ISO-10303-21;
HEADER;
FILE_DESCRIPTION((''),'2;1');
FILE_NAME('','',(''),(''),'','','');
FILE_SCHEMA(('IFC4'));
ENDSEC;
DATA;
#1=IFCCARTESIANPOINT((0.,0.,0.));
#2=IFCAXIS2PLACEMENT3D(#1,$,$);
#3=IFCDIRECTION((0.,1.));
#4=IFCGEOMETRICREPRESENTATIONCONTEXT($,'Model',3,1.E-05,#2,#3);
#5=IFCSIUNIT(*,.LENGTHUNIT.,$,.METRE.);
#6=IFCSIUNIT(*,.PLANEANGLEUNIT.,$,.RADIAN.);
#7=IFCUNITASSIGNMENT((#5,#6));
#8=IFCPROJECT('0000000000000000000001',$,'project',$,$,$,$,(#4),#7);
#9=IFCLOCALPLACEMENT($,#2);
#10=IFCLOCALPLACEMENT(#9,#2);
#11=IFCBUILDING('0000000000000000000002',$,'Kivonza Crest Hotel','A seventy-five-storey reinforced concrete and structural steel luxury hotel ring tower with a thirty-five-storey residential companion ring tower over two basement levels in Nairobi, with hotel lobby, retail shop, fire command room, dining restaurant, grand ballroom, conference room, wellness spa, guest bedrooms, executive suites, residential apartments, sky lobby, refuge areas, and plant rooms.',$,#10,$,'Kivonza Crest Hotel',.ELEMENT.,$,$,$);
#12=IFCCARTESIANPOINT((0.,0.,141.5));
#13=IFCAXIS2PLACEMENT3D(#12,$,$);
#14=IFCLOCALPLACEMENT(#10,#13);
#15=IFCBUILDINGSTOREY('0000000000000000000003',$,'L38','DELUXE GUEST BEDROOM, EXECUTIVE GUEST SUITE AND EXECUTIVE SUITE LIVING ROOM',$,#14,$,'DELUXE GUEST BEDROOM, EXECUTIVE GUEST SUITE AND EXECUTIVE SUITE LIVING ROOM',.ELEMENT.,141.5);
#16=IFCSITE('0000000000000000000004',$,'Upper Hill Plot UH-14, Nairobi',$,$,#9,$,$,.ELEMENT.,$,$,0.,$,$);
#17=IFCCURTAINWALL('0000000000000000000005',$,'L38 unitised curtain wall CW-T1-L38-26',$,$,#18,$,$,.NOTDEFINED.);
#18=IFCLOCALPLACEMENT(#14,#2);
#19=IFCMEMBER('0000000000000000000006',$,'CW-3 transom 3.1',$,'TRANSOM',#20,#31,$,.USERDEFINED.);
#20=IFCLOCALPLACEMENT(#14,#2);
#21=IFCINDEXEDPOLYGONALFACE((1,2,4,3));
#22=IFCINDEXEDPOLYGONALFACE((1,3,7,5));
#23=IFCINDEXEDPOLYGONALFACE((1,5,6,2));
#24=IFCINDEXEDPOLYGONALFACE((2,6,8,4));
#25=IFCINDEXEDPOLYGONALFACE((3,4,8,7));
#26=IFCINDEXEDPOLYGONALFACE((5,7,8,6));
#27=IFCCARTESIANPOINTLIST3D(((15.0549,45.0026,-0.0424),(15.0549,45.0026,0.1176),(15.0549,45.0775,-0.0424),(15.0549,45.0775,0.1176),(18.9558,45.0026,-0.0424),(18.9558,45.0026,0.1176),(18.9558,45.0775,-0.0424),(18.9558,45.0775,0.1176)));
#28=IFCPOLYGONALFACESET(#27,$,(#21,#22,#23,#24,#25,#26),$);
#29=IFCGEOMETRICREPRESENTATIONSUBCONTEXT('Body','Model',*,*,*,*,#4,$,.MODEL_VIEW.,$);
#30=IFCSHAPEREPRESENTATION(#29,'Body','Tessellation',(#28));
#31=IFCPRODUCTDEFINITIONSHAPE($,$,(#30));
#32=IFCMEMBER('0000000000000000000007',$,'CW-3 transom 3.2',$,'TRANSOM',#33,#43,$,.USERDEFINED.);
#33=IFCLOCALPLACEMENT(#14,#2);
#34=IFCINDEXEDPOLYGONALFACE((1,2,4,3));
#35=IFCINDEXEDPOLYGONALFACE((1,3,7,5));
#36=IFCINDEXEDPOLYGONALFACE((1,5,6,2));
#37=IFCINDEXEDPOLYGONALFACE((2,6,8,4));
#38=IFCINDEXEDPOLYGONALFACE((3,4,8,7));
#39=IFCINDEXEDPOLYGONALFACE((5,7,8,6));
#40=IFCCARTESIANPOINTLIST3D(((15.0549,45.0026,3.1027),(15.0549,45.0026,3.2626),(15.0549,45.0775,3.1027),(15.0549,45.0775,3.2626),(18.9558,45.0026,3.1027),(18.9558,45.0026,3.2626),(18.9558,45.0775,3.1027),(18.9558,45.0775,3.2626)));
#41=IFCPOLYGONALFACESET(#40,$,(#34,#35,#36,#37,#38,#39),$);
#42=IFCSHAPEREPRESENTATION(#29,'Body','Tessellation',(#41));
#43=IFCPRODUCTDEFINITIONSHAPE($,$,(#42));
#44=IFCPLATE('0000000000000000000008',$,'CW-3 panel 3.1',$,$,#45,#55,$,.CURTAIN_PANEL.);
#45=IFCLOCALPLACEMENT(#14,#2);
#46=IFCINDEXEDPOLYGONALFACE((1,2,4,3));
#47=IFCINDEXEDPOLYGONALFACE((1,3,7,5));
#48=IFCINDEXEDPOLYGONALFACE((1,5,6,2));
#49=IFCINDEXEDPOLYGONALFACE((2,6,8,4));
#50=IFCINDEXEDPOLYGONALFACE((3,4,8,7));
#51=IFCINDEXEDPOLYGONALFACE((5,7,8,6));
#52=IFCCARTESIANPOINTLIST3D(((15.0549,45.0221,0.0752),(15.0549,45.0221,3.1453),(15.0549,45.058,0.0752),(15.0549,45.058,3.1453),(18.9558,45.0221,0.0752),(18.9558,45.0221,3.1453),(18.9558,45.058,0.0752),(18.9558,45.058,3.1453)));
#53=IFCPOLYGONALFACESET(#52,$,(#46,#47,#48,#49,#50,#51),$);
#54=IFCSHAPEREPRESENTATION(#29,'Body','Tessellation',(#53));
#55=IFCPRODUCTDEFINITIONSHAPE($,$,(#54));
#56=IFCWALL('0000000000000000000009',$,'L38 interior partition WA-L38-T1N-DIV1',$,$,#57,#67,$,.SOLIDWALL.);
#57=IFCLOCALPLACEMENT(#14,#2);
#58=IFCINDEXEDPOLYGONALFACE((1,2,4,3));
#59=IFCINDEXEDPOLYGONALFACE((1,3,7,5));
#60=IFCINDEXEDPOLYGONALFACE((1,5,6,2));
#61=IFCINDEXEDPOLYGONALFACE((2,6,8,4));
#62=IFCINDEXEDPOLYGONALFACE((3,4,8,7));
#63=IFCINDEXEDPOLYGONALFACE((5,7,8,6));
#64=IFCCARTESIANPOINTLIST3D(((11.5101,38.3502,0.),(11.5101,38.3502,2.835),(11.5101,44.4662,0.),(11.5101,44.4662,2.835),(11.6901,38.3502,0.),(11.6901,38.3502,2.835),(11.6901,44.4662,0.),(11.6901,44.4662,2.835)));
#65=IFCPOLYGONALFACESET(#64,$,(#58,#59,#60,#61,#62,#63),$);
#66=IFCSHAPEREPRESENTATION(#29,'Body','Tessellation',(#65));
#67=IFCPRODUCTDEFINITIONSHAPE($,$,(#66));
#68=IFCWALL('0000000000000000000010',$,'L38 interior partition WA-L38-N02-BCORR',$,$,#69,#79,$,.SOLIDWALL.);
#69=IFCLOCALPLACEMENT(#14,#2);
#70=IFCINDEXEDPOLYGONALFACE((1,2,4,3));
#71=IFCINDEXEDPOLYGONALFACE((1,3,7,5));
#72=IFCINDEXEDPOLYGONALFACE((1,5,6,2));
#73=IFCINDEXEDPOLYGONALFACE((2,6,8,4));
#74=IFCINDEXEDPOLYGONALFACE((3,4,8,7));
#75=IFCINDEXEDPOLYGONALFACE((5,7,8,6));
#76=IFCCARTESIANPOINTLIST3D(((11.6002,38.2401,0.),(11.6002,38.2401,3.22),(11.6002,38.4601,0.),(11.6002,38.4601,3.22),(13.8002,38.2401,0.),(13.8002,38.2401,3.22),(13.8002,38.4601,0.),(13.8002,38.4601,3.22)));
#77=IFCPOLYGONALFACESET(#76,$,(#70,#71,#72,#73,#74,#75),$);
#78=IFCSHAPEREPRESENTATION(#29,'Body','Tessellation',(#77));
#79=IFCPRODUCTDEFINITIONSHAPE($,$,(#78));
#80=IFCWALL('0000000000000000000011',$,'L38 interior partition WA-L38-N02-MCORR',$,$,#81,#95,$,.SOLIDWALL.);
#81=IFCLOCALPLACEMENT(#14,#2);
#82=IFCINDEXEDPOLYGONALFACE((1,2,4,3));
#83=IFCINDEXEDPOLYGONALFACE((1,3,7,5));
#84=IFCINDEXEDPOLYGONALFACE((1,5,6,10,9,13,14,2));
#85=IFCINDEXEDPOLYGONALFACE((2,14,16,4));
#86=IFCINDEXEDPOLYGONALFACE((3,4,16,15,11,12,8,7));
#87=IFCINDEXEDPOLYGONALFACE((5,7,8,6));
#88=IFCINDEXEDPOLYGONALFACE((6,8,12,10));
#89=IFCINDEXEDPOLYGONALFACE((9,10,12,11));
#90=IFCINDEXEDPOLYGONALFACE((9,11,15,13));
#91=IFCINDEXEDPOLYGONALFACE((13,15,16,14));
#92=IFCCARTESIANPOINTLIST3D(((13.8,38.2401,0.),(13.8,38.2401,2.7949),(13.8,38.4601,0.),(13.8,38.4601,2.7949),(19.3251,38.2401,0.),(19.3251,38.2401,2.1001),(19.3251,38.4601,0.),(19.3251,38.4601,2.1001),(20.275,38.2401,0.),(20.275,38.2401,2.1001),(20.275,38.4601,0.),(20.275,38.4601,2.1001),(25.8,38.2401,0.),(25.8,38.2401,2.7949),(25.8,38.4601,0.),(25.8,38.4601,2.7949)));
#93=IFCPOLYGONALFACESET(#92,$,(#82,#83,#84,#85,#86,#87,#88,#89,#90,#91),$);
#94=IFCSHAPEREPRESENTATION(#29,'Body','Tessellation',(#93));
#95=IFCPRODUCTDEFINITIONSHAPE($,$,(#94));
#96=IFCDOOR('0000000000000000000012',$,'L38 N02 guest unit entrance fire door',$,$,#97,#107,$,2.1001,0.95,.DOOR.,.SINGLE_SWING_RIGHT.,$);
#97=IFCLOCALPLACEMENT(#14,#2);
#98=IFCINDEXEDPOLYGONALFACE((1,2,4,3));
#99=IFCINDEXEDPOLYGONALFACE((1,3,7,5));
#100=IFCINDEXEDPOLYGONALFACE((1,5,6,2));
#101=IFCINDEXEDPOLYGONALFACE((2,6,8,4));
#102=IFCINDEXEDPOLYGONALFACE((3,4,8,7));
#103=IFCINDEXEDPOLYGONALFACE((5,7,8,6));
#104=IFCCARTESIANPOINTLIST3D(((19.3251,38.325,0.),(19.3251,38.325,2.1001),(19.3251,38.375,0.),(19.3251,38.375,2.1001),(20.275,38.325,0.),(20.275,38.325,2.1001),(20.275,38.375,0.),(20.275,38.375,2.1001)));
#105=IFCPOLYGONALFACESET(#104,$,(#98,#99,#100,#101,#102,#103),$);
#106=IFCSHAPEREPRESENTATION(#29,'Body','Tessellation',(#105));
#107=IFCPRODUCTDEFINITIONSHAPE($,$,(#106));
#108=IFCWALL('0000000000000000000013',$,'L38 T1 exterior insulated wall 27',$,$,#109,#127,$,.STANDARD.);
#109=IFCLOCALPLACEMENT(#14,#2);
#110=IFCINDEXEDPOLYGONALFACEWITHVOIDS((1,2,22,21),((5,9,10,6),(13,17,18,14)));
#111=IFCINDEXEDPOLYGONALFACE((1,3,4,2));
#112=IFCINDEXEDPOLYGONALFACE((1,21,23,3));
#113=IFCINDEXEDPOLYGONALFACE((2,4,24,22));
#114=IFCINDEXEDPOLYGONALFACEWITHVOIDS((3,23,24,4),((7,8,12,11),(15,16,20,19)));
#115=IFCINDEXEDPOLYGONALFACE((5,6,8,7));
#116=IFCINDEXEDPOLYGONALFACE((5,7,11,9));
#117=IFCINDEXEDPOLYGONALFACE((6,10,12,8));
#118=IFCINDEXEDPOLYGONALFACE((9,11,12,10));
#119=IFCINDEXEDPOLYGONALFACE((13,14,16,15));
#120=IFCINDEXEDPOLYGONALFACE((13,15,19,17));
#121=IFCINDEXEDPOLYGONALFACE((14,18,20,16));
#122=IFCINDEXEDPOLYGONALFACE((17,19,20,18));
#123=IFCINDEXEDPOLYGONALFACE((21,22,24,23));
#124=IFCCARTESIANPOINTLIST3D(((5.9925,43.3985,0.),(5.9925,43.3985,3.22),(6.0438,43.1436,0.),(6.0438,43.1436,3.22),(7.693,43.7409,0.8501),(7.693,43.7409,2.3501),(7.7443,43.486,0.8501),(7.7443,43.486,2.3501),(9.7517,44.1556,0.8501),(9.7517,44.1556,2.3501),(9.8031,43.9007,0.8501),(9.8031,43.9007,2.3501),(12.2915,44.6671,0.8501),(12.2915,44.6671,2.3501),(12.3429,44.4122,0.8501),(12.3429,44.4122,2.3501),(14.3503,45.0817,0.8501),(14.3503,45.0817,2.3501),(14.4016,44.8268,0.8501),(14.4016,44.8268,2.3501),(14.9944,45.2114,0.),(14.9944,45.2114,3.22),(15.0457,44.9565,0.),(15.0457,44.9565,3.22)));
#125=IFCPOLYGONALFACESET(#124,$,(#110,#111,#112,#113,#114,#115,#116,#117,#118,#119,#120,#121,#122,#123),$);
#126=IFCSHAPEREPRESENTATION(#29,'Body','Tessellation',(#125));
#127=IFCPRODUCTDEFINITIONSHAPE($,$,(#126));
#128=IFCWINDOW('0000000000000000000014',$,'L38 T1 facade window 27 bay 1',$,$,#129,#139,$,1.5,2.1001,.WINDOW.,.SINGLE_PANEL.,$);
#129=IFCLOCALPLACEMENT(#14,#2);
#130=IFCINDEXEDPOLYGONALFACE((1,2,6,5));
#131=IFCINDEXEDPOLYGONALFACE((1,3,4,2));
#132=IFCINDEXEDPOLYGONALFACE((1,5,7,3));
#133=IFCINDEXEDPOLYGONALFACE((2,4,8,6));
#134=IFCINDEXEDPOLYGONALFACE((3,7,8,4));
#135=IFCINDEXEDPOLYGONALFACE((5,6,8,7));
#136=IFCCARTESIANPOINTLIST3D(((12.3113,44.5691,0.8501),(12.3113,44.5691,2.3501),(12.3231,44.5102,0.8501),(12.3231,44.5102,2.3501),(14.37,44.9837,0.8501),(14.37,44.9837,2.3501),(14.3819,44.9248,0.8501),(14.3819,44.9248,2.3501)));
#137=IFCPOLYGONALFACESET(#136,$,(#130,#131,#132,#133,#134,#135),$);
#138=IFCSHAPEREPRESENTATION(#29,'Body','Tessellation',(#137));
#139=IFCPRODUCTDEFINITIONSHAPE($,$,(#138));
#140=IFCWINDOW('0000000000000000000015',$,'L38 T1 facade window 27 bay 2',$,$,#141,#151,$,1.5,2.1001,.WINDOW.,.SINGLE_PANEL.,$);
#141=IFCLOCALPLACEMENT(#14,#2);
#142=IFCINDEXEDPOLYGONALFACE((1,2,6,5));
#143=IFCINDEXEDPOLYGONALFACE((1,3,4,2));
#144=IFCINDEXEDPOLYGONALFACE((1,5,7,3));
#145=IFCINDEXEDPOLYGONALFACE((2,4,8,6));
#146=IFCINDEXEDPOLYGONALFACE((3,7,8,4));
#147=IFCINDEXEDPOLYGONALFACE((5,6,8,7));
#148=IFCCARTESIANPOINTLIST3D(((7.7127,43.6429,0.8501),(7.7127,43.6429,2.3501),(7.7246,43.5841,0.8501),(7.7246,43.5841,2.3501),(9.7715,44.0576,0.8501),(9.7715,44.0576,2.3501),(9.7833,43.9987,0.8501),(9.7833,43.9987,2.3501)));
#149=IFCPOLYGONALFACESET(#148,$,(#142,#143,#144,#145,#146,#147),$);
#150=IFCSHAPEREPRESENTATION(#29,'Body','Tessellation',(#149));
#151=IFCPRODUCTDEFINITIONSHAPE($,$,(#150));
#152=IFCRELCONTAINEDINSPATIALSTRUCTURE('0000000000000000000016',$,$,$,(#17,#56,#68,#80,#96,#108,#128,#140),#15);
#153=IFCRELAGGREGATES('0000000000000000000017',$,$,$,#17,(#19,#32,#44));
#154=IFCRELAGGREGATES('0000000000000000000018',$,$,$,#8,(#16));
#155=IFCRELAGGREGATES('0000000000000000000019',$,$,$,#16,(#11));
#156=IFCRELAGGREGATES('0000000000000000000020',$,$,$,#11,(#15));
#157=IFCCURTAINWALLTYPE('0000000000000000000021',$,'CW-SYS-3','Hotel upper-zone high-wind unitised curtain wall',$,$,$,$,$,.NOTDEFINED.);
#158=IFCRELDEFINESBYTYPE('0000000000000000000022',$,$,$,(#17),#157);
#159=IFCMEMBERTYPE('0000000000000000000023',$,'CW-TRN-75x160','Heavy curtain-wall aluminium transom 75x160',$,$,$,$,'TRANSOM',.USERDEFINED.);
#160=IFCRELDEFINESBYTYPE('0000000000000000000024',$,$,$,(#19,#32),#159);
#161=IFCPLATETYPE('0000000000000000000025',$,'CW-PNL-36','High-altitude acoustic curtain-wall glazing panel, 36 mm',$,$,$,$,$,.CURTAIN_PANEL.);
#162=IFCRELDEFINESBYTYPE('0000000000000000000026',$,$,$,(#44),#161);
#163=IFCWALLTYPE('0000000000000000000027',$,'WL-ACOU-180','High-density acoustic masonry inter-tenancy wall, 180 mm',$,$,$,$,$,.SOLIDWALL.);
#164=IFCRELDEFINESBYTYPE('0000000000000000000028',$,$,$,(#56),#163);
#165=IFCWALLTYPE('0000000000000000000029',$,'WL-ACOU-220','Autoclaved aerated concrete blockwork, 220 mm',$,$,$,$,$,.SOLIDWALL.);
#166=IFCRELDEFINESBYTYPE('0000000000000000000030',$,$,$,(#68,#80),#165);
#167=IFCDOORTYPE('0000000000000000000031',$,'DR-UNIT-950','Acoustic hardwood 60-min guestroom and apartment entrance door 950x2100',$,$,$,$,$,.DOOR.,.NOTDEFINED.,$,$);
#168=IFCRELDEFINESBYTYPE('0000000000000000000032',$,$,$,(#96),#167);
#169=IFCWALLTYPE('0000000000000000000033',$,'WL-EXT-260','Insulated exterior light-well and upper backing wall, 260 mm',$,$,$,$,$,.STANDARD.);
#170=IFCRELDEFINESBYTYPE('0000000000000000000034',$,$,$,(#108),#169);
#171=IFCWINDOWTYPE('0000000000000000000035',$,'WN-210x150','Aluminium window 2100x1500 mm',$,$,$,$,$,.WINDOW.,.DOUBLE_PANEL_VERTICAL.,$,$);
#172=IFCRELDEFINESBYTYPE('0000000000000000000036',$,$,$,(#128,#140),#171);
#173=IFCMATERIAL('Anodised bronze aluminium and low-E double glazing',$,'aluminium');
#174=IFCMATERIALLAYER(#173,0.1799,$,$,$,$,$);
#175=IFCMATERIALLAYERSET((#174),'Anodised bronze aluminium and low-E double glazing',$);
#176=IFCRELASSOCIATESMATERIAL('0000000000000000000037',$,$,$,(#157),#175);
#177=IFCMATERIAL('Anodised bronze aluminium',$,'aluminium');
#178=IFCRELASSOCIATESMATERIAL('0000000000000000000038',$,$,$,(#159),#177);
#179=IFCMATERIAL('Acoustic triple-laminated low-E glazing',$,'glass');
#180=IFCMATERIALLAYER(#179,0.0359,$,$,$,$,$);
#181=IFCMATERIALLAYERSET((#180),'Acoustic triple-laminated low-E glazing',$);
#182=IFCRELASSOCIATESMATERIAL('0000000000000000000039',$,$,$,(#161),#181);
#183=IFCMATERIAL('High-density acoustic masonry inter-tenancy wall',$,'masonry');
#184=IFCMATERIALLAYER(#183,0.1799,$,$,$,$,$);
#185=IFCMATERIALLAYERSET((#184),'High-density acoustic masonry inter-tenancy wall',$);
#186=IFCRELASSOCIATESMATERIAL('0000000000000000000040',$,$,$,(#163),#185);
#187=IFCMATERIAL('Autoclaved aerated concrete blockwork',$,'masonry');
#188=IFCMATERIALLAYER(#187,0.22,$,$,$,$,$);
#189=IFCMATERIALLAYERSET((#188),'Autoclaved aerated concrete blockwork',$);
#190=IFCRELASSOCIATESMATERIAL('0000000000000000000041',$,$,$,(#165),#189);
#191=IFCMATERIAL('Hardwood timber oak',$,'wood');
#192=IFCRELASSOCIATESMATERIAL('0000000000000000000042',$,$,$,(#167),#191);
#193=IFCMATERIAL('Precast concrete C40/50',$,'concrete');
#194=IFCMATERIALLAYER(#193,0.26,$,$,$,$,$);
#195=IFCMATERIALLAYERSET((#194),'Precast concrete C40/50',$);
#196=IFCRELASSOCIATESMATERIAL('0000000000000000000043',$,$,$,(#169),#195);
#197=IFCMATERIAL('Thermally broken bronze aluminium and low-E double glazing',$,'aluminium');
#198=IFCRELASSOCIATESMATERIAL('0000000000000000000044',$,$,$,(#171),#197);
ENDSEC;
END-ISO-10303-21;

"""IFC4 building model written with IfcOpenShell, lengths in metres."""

from ifc_helpers import new_model, si_unit, direction, frame, frame_2d, origin, origin_2d, place, context, subcontext, project, spatial, rectangle, extrude, material, layer, layer_set, material_profile, profile_set, type_object, element, fill, aggregate, save


model = new_model("IFC4")

# Units and contexts
model_context = context("Model", 3, precision=1e-05, world=origin(), true_north=direction((0.0, 1.0)))
body_context = subcontext(model_context, "Body", "Model", "MODEL_VIEW")
ifc_project = project(units=[si_unit("LENGTHUNIT", "METRE"), si_unit("PLANEANGLEUNIT", "RADIAN")], contexts=[model_context])

# Site, building, storey
site_placement = place(None, origin())
site = spatial("IfcSite", under=ifc_project, at=site_placement, Name="Upper Hill Plot UH-14, Nairobi", CompositionType="ELEMENT", RefElevation=0.0)
building_placement = place(site_placement, origin())
building = spatial("IfcBuilding", under=site, at=building_placement, Name="Kivonza Crest Hotel", Description="A seventy-five-storey reinforced concrete and structural steel luxury hotel ring tower with a thirty-five-storey residential companion ring tower over two basement levels in Nairobi, with hotel lobby, retail shop, fire command room, dining restaurant, grand ballroom, conference room, wellness spa, guest bedrooms, executive suites, residential apartments, sky lobby, refuge areas, and plant rooms.", LongName="Kivonza Crest Hotel", CompositionType="ELEMENT")
storey_placement = place(building_placement, frame((0.0, 0.0, 141.5)))
storey = spatial("IfcBuildingStorey", under=building, at=storey_placement, Name="L38", Description="DELUXE GUEST BEDROOM, EXECUTIVE GUEST SUITE AND EXECUTIVE SUITE LIVING ROOM", LongName="DELUXE GUEST BEDROOM, EXECUTIVE GUEST SUITE AND EXECUTIVE SUITE LIVING ROOM", CompositionType="ELEMENT", Elevation=141.5)

# Curtain wall, members, plate
ifc_material_1 = material(Name="Anodised bronze aluminium and low-E double glazing", Category="aluminium")
ifc_layer_1 = layer(ifc_material_1, 0.1799)
ifc_layer_set_1 = layer_set([ifc_layer_1], Name="Anodised bronze aluminium and low-E double glazing")
curtain_wall_type = type_object("IfcCurtainWallType", Name="CW-SYS-3", Description="Hotel upper-zone high-wind unitised curtain wall", PredefinedType="NOTDEFINED", material=ifc_layer_set_1)
curtain_wall_placement = place(storey_placement, origin())
curtain_wall = element("IfcCurtainWall", 1, at=curtain_wall_placement, inside=storey, type_object=curtain_wall_type, Name="L38 unitised curtain wall CW-T1-L38-26", PredefinedType="NOTDEFINED")
ifc_material_2 = material(Name="Anodised bronze aluminium", Category="aluminium")
ifc_material_profile_1 = material_profile(ifc_material_2, rectangle(XDim=0.075, YDim=0.1599, at=origin_2d()), Name="CW-T 75x160")
ifc_profile_set_1 = profile_set([ifc_material_profile_1], Name="Anodised bronze aluminium")
member_type_1 = type_object("IfcMemberType", Name="CW-TRN-75x160", Description="Heavy curtain-wall aluminium transom 75x160", ElementType="TRANSOM", PredefinedType="USERDEFINED", material=ifc_profile_set_1)
member_1_placement = place(storey_placement, frame((18.9558, 45.04, 0.0376), z_axis=(-1.0, 0.0, 0.0), x_axis=(0.0, -1.0, 0.0)))
member_1 = element("IfcMember", 2, at=member_1_placement, type_object=member_type_1, Name="CW-3 transom 3.1", ObjectType="TRANSOM", PredefinedType="USERDEFINED", context=body_context, shape_type="SweptSolid", body=[
    extrude(rectangle(XDim=0.075, YDim=0.1599, at=origin_2d()), origin(), (0.0, 0.0, 1.0), 3.9009),
])
member_2_placement = place(storey_placement, frame((18.9558, 45.04, 3.1826), z_axis=(-1.0, 0.0, 0.0), x_axis=(0.0, -1.0, 0.0)))
member_2 = element("IfcMember", 3, at=member_2_placement, type_object=member_type_1, Name="CW-3 transom 3.2", ObjectType="TRANSOM", PredefinedType="USERDEFINED", context=body_context, shape_type="SweptSolid", body=[
    extrude(rectangle(XDim=0.075, YDim=0.1599, at=origin_2d()), origin(), (0.0, 0.0, 1.0), 3.9009),
])
ifc_material_3 = material(Name="Acoustic triple-laminated low-E glazing", Category="glass")
ifc_layer_2 = layer(ifc_material_3, 0.0359)
ifc_layer_set_2 = layer_set([ifc_layer_2], Name="Acoustic triple-laminated low-E glazing")
plate_type = type_object("IfcPlateType", Name="CW-PNL-36", Description="High-altitude acoustic curtain-wall glazing panel, 36 mm", PredefinedType="CURTAIN_PANEL", material=ifc_layer_set_2)
plate_placement = place(storey_placement, frame((17.0054, 45.04, 0.0752), z_axis=(0.0, 0.0, 1.0), x_axis=(-1.0, 0.0, 0.0)))
plate = element("IfcPlate", 4, at=plate_placement, type_object=plate_type, Name="CW-3 panel 3.1", PredefinedType="CURTAIN_PANEL", context=body_context, shape_type="SweptSolid", body=[
    extrude(rectangle(XDim=3.9009, YDim=0.0359, at=origin_2d()), origin(), (0.0, 0.0, 1.0), 3.0701),
])
aggregate(curtain_wall, [member_1, member_2, plate])

# Walls
ifc_material_4 = material(Name="High-density acoustic masonry inter-tenancy wall", Category="masonry")
ifc_layer_3 = layer(ifc_material_4, 0.1799)
ifc_layer_set_3 = layer_set([ifc_layer_3], Name="High-density acoustic masonry inter-tenancy wall")
wall_type_1 = type_object("IfcWallType", Name="WL-ACOU-180", Description="High-density acoustic masonry inter-tenancy wall, 180 mm", PredefinedType="SOLIDWALL", material=ifc_layer_set_3)
wall_1_placement = place(storey_placement, frame((11.6001, 38.3501, 0.0), z_axis=(0.0, 0.0, 1.0), x_axis=(0.0, 1.0, 0.0)))
element("IfcWall", 5, at=wall_1_placement, inside=storey, type_object=wall_type_1, Name="L38 interior partition WA-L38-T1N-DIV1", PredefinedType="SOLIDWALL", context=body_context, shape_type="SweptSolid", body=[
    extrude(rectangle(XDim=6.116, YDim=0.1799, at=frame_2d((3.0581, 0.0))), origin(), (0.0, 0.0, 1.0), 2.835),
])
ifc_material_5 = material(Name="Autoclaved aerated concrete blockwork", Category="masonry")
ifc_layer_4 = layer(ifc_material_5, 0.22)
ifc_layer_set_4 = layer_set([ifc_layer_4], Name="Autoclaved aerated concrete blockwork")
wall_type_2 = type_object("IfcWallType", Name="WL-ACOU-220", Description="Autoclaved aerated concrete blockwork, 220 mm", PredefinedType="SOLIDWALL", material=ifc_layer_set_4)
wall_2_placement = place(storey_placement, frame((11.6001, 38.3501, 0.0), z_axis=(0.0, 0.0, 1.0), x_axis=(1.0, 0.0, 0.0)))
element("IfcWall", 6, at=wall_2_placement, inside=storey, type_object=wall_type_2, Name="L38 interior partition WA-L38-N02-BCORR", PredefinedType="SOLIDWALL", context=body_context, shape_type="SweptSolid", body=[
    extrude(rectangle(XDim=2.2, YDim=0.22, at=frame_2d((1.1001, 0.0))), origin(), (0.0, 0.0, 1.0), 3.22),
])

# Wall, opening, door
wall_3_placement = place(storey_placement, frame((13.8, 38.3501, 0.0), z_axis=(0.0, 0.0, 1.0), x_axis=(1.0, 0.0, 0.0)))
wall_3 = element("IfcWall", 7, at=wall_3_placement, inside=storey, type_object=wall_type_2, Name="L38 interior partition WA-L38-N02-MCORR", PredefinedType="SOLIDWALL", context=body_context, shape_type="SweptSolid", body=[
    extrude(rectangle(XDim=12.0, YDim=0.22, at=frame_2d((6.0, 0.0))), origin(), (0.0, 0.0, 1.0), 2.7949),
])
opening_1_placement = place(wall_3_placement, frame((5.5249, 0.0, 0.0)))
opening_1 = element("IfcOpeningElement", 8, at=opening_1_placement, cuts=wall_3, PredefinedType="OPENING", context=body_context, shape_type="SweptSolid", body=[
    extrude(rectangle(XDim=0.95, YDim=2.1001, at=frame_2d((0.4751, 1.05))), frame((0.0, 0.1201, 0.0), z_axis=(0.0, -1.0, 0.0), x_axis=(1.0, 0.0, 0.0)), (0.0, 0.0, 1.0), 0.24),
])
ifc_material_6 = material(Name="Hardwood timber oak", Category="wood")
door_type_1 = type_object("IfcDoorType", Name="DR-UNIT-950", Description="Acoustic hardwood 60-min guestroom and apartment entrance door 950x2100", OperationType="NOTDEFINED", PredefinedType="DOOR", material=ifc_material_6)
door_1_placement = place(opening_1_placement, origin())
door_1 = element("IfcDoor", 9, at=door_1_placement, inside=storey, type_object=door_type_1, Name="L38 N02 guest unit entrance fire door", OperationType="SINGLE_SWING_RIGHT", OverallHeight=2.1001, OverallWidth=0.95, PredefinedType="DOOR", context=body_context, shape_type="SweptSolid", body=[
    extrude(rectangle(XDim=0.95, YDim=2.1001, at=frame_2d((0.4751, 1.05))), frame((0.0, 0.0249, 0.0), z_axis=(0.0, -1.0, 0.0), x_axis=(1.0, 0.0, 0.0)), (0.0, 0.0, 1.0), 0.05),
])
fill(opening_1, door_1)

# Wall, openings, windows
ifc_material_7 = material(Name="Precast concrete C40/50", Category="concrete")
ifc_layer_5 = layer(ifc_material_7, 0.26)
ifc_layer_set_5 = layer_set([ifc_layer_5], Name="Precast concrete C40/50")
wall_type_3 = type_object("IfcWallType", Name="WL-EXT-260", Description="Insulated exterior light-well and upper backing wall, 260 mm", PredefinedType="STANDARD", material=ifc_layer_set_5)
wall_4_placement = place(storey_placement, frame((15.02, 45.084, 0.0), z_axis=(0.0, 0.0, 1.0), x_axis=(-0.980316, -0.197435, 0.0)))
wall_4 = element("IfcWall", 10, at=wall_4_placement, inside=storey, type_object=wall_type_3, Name="L38 T1 exterior insulated wall 27", PredefinedType="STANDARD", context=body_context, shape_type="SweptSolid", body=[
    extrude(rectangle(XDim=9.1826, YDim=0.26, at=frame_2d((4.5913, 0.0))), origin(), (0.0, 0.0, 1.0), 3.22),
])
opening_2_placement = place(wall_4_placement, frame((0.657, 0.0, 0.8501)))
opening_2 = element("IfcOpeningElement", 11, at=opening_2_placement, cuts=wall_4, PredefinedType="OPENING", context=body_context, shape_type="SweptSolid", body=[
    extrude(rectangle(XDim=2.1001, YDim=1.5, at=frame_2d((1.05, 0.75))), frame((0.0, 0.1401, 0.0), z_axis=(0.0, -1.0, 0.0), x_axis=(1.0, 0.0, 0.0)), (0.0, 0.0, 1.0), 0.28),
])
opening_3_placement = place(wall_4_placement, frame((5.3479, 0.0, 0.8501)))
opening_3 = element("IfcOpeningElement", 12, at=opening_3_placement, cuts=wall_4, PredefinedType="OPENING", context=body_context, shape_type="SweptSolid", body=[
    extrude(rectangle(XDim=2.1001, YDim=1.5, at=frame_2d((1.05, 0.75))), frame((0.0, 0.1401, 0.0), z_axis=(0.0, -1.0, 0.0), x_axis=(1.0, 0.0, 0.0)), (0.0, 0.0, 1.0), 0.28),
])
ifc_material_8 = material(Name="Thermally broken bronze aluminium and low-E double glazing", Category="aluminium")
window_type = type_object("IfcWindowType", Name="WN-210x150", Description="Aluminium window 2100x1500 mm", PartitioningType="DOUBLE_PANEL_VERTICAL", PredefinedType="WINDOW", material=ifc_material_8)
window_1_placement = place(opening_2_placement, origin())
window_1 = element("IfcWindow", 13, at=window_1_placement, inside=storey, type_object=window_type, Name="L38 T1 facade window 27 bay 1", OverallHeight=1.5, OverallWidth=2.1001, PartitioningType="SINGLE_PANEL", PredefinedType="WINDOW", context=body_context, shape_type="SweptSolid", body=[
    extrude(rectangle(XDim=2.1001, YDim=1.5, at=frame_2d((1.05, 0.75))), frame((0.0, 0.03, 0.0), z_axis=(0.0, -1.0, 0.0), x_axis=(1.0, 0.0, 0.0)), (0.0, 0.0, 1.0), 0.0601),
])
fill(opening_2, window_1)
window_2_placement = place(opening_3_placement, origin())
window_2 = element("IfcWindow", 14, at=window_2_placement, inside=storey, type_object=window_type, Name="L38 T1 facade window 27 bay 2", OverallHeight=1.5, OverallWidth=2.1001, PartitioningType="SINGLE_PANEL", PredefinedType="WINDOW", context=body_context, shape_type="SweptSolid", body=[
    extrude(rectangle(XDim=2.1001, YDim=1.5, at=frame_2d((1.05, 0.75))), frame((0.0, 0.03, 0.0), z_axis=(0.0, -1.0, 0.0), x_axis=(1.0, 0.0, 0.0)), (0.0, 0.0, 1.0), 0.0601),
])
fill(opening_3, window_2)

save(model, "model.ifc")
